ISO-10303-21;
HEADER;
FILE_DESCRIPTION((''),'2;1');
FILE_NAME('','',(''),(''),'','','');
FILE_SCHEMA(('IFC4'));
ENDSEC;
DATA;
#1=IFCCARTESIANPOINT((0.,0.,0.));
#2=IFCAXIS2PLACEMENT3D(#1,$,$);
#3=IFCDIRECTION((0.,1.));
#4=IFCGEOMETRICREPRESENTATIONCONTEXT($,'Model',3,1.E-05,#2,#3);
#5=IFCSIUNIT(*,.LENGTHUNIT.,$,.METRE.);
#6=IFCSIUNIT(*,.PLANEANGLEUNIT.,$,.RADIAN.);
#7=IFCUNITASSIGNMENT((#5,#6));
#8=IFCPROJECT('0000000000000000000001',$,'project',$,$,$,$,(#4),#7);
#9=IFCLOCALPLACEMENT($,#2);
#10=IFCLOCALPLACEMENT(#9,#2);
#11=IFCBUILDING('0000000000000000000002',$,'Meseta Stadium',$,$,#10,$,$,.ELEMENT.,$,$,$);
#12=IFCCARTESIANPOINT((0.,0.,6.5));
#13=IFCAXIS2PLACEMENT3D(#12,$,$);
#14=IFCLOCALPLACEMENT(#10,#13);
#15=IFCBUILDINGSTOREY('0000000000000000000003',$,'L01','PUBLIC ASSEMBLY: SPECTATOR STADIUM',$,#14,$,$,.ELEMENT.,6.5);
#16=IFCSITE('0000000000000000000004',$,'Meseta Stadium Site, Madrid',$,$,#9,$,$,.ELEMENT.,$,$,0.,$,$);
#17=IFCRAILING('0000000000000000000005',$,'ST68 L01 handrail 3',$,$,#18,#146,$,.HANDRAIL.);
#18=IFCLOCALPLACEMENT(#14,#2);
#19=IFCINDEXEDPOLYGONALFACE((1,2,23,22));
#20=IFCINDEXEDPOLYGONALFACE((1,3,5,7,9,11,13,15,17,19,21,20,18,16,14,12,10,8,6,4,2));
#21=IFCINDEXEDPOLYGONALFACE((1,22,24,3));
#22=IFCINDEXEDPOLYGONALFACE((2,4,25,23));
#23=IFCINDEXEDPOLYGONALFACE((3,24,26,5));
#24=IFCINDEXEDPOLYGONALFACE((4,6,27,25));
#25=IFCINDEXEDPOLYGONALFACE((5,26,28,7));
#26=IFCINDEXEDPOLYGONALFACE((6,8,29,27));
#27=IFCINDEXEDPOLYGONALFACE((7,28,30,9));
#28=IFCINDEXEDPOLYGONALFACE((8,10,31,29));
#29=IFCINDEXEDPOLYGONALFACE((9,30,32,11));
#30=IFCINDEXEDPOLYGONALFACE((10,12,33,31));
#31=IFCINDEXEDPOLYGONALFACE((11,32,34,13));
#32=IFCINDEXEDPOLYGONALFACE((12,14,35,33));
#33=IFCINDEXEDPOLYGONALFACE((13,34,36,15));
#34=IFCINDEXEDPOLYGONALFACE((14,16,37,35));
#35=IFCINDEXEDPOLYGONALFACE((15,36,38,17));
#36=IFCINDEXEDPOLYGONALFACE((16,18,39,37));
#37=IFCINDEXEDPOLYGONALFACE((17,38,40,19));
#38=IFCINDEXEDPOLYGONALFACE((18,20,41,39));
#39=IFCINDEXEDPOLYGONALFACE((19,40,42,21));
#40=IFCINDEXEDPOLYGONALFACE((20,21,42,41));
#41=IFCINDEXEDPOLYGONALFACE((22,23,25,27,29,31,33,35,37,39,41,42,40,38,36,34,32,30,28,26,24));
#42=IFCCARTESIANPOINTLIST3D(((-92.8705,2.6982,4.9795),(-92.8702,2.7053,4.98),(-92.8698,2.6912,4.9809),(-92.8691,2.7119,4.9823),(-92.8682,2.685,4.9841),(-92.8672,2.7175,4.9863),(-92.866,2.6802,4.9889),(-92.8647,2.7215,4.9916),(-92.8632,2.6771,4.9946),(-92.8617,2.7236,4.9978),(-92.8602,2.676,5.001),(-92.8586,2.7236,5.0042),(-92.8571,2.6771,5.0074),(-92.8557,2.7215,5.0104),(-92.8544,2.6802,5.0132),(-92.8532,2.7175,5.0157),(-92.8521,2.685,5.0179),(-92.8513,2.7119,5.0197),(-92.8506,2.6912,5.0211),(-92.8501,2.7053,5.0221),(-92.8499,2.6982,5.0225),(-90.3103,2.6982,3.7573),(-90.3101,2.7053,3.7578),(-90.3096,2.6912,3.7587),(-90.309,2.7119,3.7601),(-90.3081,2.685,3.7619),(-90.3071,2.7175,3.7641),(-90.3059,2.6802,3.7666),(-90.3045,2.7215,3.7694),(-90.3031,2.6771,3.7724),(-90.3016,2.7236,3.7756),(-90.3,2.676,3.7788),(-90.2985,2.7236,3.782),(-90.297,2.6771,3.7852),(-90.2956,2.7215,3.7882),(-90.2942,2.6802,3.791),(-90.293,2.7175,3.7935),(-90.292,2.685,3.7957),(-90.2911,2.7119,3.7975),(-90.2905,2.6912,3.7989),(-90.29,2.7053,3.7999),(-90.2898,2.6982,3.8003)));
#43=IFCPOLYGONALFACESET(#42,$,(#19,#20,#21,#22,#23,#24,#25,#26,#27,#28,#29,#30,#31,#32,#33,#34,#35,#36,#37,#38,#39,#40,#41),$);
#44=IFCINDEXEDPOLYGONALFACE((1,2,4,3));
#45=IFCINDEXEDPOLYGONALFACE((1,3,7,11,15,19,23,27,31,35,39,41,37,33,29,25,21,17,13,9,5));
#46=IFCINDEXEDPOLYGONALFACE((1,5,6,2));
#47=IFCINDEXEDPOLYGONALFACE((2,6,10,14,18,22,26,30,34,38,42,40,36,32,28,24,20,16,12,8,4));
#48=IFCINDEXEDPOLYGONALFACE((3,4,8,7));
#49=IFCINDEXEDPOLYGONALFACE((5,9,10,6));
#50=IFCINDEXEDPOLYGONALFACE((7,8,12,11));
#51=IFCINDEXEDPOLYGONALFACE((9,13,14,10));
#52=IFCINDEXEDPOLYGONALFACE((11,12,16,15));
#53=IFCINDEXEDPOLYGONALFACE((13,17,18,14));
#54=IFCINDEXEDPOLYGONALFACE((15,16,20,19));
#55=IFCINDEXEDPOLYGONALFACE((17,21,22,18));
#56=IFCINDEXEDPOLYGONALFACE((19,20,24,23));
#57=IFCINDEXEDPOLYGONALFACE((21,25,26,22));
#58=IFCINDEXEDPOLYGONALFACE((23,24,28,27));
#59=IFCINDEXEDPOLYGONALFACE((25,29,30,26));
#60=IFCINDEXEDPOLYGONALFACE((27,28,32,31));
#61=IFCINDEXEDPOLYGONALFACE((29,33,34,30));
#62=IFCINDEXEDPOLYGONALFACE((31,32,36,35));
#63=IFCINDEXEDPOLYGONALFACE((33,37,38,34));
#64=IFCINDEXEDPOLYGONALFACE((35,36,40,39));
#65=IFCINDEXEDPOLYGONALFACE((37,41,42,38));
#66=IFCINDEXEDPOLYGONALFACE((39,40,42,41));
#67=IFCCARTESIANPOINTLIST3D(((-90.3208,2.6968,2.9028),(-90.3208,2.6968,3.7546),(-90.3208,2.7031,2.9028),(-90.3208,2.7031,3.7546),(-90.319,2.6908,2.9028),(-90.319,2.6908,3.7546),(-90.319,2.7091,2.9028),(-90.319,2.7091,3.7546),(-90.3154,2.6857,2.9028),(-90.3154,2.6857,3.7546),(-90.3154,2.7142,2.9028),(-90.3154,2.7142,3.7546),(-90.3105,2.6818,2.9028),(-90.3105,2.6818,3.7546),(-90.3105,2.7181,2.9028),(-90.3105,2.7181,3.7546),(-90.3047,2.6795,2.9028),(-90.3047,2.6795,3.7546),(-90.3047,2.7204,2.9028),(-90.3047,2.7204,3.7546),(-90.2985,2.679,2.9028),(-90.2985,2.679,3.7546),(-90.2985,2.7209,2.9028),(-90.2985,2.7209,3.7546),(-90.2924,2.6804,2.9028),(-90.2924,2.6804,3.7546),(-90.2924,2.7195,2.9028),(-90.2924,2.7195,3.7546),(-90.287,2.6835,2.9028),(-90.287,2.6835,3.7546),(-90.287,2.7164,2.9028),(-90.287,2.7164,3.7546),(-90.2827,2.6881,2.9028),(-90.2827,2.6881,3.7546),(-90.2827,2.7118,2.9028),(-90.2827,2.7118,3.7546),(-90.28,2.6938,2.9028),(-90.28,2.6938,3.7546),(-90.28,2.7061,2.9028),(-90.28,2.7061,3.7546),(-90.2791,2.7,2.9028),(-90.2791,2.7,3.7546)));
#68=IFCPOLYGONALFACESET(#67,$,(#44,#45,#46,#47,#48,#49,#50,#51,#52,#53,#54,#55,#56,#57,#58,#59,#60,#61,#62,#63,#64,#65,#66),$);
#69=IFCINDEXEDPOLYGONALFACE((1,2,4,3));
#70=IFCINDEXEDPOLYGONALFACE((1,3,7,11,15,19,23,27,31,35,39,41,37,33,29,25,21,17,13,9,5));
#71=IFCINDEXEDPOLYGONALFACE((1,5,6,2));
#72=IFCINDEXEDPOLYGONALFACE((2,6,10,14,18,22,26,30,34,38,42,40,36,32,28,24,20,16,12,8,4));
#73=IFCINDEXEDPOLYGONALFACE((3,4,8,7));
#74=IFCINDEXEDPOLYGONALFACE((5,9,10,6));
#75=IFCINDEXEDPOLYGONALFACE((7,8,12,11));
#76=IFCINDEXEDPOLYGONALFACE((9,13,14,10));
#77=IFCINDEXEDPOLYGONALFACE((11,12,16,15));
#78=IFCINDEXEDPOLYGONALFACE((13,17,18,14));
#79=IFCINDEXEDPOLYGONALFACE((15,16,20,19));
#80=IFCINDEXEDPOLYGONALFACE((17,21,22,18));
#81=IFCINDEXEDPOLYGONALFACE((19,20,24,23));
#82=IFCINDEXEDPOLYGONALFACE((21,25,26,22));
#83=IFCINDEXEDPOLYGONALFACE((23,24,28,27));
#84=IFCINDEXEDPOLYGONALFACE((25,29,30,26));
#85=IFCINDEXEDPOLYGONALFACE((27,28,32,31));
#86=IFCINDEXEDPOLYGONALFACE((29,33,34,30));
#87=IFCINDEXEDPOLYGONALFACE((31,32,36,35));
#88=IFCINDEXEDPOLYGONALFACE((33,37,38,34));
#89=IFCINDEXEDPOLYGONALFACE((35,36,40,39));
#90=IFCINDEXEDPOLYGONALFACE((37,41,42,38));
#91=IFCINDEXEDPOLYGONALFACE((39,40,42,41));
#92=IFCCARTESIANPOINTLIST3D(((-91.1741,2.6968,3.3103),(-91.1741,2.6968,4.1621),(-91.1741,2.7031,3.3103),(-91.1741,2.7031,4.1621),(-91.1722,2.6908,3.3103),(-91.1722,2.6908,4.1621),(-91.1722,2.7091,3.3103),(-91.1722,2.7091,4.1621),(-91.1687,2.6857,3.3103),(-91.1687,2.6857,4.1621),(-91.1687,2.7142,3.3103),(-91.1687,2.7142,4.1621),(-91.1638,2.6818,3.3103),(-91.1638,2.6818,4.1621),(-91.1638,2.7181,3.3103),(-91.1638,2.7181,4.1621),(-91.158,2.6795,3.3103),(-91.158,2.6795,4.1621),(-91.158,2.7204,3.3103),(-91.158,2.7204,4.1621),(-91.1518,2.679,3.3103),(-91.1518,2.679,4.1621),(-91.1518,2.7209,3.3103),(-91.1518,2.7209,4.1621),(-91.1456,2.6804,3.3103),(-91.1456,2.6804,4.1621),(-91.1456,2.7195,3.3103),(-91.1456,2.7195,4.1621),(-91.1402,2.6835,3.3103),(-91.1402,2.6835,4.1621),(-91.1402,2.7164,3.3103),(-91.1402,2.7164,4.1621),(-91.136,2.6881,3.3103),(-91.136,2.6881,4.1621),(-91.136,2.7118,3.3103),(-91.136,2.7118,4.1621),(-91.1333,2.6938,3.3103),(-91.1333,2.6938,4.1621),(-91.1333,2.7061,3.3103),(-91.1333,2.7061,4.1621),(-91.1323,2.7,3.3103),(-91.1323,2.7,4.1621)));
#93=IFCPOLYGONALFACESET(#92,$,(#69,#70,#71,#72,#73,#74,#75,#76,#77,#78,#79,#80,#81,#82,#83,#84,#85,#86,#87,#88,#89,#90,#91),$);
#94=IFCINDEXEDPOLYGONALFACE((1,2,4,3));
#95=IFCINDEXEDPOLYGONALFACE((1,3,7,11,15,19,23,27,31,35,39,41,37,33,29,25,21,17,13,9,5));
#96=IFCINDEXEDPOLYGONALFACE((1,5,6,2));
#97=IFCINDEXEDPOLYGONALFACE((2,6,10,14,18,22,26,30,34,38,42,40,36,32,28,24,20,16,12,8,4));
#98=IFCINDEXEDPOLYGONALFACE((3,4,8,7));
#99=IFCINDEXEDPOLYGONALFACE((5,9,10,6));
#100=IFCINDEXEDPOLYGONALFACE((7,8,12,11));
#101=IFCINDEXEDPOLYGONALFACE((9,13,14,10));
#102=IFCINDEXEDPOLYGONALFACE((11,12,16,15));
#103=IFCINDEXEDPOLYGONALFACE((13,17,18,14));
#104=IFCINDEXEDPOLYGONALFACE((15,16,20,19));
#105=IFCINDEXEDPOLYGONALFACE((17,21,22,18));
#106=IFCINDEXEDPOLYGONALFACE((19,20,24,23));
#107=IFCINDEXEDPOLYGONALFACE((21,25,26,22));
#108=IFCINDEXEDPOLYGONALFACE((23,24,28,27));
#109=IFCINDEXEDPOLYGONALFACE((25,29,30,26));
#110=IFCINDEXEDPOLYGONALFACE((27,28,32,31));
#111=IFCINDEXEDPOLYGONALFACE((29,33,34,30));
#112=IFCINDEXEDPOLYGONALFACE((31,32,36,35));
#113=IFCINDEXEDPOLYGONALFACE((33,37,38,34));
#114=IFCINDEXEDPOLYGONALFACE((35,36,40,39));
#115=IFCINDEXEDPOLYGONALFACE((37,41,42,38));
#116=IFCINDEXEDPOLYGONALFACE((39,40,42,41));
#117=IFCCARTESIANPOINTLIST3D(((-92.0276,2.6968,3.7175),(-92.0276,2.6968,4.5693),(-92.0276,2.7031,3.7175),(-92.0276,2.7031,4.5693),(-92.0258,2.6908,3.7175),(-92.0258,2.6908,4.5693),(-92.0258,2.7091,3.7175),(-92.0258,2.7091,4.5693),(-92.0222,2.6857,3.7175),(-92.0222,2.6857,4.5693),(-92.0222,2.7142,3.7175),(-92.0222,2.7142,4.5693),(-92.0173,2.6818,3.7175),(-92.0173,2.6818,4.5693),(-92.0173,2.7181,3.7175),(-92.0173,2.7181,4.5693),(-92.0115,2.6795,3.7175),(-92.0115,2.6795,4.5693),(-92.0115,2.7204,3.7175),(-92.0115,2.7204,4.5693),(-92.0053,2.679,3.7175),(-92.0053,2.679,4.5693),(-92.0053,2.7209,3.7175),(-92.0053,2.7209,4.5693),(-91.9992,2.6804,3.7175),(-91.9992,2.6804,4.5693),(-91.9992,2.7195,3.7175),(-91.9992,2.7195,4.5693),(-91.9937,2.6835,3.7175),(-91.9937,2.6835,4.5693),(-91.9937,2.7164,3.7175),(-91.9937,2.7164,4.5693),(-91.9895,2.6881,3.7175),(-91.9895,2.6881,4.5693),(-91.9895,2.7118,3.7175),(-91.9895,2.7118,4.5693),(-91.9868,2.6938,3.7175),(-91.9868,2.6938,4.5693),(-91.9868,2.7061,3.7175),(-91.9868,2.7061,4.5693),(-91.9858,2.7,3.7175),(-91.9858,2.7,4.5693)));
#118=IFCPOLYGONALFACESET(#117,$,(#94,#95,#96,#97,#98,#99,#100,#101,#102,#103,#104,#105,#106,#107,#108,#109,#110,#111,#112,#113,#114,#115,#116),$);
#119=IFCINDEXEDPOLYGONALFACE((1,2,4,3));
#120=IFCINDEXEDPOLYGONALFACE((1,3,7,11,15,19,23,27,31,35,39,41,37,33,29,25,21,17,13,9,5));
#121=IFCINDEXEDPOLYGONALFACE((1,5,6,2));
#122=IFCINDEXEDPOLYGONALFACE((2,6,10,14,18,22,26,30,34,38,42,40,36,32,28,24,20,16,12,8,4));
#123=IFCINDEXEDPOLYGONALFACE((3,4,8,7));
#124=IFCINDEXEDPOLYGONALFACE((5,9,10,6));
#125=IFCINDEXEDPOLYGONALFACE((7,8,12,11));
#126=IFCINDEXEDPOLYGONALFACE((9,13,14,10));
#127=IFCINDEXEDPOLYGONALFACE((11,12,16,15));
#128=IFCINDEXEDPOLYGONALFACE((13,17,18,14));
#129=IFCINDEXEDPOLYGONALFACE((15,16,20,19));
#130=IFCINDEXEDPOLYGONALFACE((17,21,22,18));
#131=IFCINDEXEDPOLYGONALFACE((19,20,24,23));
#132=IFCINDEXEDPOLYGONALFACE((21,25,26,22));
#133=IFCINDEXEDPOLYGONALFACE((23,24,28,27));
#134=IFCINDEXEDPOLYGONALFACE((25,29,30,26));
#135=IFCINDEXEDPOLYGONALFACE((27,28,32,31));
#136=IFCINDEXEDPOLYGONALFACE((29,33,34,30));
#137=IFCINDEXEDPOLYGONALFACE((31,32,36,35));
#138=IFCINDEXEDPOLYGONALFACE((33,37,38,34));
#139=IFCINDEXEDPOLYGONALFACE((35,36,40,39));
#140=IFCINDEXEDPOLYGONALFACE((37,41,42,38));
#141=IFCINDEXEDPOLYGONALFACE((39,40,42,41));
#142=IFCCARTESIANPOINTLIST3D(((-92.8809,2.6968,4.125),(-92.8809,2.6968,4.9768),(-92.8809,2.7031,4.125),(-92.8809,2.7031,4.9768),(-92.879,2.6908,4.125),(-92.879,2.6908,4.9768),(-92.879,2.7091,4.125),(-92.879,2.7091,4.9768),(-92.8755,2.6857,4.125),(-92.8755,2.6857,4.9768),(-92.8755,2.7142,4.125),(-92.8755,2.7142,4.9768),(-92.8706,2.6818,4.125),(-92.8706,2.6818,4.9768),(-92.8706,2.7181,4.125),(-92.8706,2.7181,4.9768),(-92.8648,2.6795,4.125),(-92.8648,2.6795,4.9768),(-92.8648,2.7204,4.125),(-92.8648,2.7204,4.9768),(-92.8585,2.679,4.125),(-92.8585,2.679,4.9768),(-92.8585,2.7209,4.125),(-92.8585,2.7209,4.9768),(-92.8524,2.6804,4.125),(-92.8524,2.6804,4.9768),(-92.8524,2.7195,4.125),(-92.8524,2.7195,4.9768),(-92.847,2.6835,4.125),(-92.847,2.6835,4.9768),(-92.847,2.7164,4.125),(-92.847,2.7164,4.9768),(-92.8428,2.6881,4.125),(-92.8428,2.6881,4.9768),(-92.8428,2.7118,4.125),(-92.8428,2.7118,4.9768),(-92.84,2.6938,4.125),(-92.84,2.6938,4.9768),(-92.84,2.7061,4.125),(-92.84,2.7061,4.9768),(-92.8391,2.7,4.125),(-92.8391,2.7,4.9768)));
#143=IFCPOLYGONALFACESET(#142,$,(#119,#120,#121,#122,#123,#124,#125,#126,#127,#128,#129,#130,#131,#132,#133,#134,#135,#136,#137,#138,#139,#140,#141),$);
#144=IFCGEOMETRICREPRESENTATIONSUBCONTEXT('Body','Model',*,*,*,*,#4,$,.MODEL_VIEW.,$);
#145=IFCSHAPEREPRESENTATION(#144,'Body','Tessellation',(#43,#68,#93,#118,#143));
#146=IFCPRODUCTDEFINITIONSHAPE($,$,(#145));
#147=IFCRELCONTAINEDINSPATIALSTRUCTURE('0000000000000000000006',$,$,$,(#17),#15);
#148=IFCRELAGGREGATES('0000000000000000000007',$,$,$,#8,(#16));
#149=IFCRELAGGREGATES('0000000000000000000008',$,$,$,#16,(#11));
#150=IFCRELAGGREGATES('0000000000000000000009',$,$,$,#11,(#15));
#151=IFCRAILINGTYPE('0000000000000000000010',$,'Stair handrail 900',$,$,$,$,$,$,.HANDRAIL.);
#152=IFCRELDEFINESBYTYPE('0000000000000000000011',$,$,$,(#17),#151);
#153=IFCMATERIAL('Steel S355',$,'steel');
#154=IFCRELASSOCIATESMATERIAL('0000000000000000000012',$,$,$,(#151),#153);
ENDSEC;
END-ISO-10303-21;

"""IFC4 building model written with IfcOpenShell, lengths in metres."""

from ifc_helpers import new_model, si_unit, direction, frame, origin, origin_2d, place, context, subcontext, project, spatial, circle, extrude, material, type_object, element, save


model = new_model("IFC4")

# Units and contexts
model_context = context("Model", 3, precision=1e-05, world=origin(), true_north=direction((0.0, 1.0)))
body_context = subcontext(model_context, "Body", "Model", "MODEL_VIEW")
ifc_project = project(units=[si_unit("LENGTHUNIT", "METRE"), si_unit("PLANEANGLEUNIT", "RADIAN")], contexts=[model_context])

# Site, building, storey
site_placement = place(None, origin())
site = spatial("IfcSite", under=ifc_project, at=site_placement, Name="Meseta Stadium Site, Madrid", CompositionType="ELEMENT", RefElevation=0.0)
building_placement = place(site_placement, origin())
building = spatial("IfcBuilding", under=site, at=building_placement, Name="Meseta Stadium", CompositionType="ELEMENT")
storey_placement = place(building_placement, frame((0.0, 0.0, 6.5)))
storey = spatial("IfcBuildingStorey", under=building, at=storey_placement, Name="L01", Description="PUBLIC ASSEMBLY: SPECTATOR STADIUM", CompositionType="ELEMENT", Elevation=6.5)

# Railing
ifc_material_1 = material(Name="Steel S355", Category="steel")
railing_type_1 = type_object("IfcRailingType", Name="Stair handrail 900", PredefinedType="HANDRAIL", material=ifc_material_1)
for number, where, name in (
    (1, (-90.3, 2.7, 2.9028), "ST68 L01 handrail 3"),
):
    element("IfcRailing", number, at=place(storey_placement, frame(where)), inside=storey, type_object=railing_type_1, Name=name, PredefinedType="HANDRAIL", context=body_context, shape_type="SweptSolid", body=[
        extrude(circle(Radius=0.0239, at=origin_2d()), frame((0.0, 0.0, 0.876), z_axis=(-0.902437, 0.0, 0.430822), x_axis=(0.0, -1.0, 0.0)), (0.0, 0.0, 1.0), 2.8369),
        extrude(circle(Radius=0.021, at=origin_2d()), origin(), (0.0, 0.0, 1.0), 0.8518),
        extrude(circle(Radius=0.021, at=origin_2d()), frame((-0.8533, 0.0, 0.4075)), (0.0, 0.0, 1.0), 0.8518),
        extrude(circle(Radius=0.021, at=origin_2d()), frame((-1.7068, 0.0, 0.8147)), (0.0, 0.0, 1.0), 0.8518),
        extrude(circle(Radius=0.021, at=origin_2d()), frame((-2.5601, 0.0, 1.2222)), (0.0, 0.0, 1.0), 0.8518),
    ])

save(model, "model.ifc")
